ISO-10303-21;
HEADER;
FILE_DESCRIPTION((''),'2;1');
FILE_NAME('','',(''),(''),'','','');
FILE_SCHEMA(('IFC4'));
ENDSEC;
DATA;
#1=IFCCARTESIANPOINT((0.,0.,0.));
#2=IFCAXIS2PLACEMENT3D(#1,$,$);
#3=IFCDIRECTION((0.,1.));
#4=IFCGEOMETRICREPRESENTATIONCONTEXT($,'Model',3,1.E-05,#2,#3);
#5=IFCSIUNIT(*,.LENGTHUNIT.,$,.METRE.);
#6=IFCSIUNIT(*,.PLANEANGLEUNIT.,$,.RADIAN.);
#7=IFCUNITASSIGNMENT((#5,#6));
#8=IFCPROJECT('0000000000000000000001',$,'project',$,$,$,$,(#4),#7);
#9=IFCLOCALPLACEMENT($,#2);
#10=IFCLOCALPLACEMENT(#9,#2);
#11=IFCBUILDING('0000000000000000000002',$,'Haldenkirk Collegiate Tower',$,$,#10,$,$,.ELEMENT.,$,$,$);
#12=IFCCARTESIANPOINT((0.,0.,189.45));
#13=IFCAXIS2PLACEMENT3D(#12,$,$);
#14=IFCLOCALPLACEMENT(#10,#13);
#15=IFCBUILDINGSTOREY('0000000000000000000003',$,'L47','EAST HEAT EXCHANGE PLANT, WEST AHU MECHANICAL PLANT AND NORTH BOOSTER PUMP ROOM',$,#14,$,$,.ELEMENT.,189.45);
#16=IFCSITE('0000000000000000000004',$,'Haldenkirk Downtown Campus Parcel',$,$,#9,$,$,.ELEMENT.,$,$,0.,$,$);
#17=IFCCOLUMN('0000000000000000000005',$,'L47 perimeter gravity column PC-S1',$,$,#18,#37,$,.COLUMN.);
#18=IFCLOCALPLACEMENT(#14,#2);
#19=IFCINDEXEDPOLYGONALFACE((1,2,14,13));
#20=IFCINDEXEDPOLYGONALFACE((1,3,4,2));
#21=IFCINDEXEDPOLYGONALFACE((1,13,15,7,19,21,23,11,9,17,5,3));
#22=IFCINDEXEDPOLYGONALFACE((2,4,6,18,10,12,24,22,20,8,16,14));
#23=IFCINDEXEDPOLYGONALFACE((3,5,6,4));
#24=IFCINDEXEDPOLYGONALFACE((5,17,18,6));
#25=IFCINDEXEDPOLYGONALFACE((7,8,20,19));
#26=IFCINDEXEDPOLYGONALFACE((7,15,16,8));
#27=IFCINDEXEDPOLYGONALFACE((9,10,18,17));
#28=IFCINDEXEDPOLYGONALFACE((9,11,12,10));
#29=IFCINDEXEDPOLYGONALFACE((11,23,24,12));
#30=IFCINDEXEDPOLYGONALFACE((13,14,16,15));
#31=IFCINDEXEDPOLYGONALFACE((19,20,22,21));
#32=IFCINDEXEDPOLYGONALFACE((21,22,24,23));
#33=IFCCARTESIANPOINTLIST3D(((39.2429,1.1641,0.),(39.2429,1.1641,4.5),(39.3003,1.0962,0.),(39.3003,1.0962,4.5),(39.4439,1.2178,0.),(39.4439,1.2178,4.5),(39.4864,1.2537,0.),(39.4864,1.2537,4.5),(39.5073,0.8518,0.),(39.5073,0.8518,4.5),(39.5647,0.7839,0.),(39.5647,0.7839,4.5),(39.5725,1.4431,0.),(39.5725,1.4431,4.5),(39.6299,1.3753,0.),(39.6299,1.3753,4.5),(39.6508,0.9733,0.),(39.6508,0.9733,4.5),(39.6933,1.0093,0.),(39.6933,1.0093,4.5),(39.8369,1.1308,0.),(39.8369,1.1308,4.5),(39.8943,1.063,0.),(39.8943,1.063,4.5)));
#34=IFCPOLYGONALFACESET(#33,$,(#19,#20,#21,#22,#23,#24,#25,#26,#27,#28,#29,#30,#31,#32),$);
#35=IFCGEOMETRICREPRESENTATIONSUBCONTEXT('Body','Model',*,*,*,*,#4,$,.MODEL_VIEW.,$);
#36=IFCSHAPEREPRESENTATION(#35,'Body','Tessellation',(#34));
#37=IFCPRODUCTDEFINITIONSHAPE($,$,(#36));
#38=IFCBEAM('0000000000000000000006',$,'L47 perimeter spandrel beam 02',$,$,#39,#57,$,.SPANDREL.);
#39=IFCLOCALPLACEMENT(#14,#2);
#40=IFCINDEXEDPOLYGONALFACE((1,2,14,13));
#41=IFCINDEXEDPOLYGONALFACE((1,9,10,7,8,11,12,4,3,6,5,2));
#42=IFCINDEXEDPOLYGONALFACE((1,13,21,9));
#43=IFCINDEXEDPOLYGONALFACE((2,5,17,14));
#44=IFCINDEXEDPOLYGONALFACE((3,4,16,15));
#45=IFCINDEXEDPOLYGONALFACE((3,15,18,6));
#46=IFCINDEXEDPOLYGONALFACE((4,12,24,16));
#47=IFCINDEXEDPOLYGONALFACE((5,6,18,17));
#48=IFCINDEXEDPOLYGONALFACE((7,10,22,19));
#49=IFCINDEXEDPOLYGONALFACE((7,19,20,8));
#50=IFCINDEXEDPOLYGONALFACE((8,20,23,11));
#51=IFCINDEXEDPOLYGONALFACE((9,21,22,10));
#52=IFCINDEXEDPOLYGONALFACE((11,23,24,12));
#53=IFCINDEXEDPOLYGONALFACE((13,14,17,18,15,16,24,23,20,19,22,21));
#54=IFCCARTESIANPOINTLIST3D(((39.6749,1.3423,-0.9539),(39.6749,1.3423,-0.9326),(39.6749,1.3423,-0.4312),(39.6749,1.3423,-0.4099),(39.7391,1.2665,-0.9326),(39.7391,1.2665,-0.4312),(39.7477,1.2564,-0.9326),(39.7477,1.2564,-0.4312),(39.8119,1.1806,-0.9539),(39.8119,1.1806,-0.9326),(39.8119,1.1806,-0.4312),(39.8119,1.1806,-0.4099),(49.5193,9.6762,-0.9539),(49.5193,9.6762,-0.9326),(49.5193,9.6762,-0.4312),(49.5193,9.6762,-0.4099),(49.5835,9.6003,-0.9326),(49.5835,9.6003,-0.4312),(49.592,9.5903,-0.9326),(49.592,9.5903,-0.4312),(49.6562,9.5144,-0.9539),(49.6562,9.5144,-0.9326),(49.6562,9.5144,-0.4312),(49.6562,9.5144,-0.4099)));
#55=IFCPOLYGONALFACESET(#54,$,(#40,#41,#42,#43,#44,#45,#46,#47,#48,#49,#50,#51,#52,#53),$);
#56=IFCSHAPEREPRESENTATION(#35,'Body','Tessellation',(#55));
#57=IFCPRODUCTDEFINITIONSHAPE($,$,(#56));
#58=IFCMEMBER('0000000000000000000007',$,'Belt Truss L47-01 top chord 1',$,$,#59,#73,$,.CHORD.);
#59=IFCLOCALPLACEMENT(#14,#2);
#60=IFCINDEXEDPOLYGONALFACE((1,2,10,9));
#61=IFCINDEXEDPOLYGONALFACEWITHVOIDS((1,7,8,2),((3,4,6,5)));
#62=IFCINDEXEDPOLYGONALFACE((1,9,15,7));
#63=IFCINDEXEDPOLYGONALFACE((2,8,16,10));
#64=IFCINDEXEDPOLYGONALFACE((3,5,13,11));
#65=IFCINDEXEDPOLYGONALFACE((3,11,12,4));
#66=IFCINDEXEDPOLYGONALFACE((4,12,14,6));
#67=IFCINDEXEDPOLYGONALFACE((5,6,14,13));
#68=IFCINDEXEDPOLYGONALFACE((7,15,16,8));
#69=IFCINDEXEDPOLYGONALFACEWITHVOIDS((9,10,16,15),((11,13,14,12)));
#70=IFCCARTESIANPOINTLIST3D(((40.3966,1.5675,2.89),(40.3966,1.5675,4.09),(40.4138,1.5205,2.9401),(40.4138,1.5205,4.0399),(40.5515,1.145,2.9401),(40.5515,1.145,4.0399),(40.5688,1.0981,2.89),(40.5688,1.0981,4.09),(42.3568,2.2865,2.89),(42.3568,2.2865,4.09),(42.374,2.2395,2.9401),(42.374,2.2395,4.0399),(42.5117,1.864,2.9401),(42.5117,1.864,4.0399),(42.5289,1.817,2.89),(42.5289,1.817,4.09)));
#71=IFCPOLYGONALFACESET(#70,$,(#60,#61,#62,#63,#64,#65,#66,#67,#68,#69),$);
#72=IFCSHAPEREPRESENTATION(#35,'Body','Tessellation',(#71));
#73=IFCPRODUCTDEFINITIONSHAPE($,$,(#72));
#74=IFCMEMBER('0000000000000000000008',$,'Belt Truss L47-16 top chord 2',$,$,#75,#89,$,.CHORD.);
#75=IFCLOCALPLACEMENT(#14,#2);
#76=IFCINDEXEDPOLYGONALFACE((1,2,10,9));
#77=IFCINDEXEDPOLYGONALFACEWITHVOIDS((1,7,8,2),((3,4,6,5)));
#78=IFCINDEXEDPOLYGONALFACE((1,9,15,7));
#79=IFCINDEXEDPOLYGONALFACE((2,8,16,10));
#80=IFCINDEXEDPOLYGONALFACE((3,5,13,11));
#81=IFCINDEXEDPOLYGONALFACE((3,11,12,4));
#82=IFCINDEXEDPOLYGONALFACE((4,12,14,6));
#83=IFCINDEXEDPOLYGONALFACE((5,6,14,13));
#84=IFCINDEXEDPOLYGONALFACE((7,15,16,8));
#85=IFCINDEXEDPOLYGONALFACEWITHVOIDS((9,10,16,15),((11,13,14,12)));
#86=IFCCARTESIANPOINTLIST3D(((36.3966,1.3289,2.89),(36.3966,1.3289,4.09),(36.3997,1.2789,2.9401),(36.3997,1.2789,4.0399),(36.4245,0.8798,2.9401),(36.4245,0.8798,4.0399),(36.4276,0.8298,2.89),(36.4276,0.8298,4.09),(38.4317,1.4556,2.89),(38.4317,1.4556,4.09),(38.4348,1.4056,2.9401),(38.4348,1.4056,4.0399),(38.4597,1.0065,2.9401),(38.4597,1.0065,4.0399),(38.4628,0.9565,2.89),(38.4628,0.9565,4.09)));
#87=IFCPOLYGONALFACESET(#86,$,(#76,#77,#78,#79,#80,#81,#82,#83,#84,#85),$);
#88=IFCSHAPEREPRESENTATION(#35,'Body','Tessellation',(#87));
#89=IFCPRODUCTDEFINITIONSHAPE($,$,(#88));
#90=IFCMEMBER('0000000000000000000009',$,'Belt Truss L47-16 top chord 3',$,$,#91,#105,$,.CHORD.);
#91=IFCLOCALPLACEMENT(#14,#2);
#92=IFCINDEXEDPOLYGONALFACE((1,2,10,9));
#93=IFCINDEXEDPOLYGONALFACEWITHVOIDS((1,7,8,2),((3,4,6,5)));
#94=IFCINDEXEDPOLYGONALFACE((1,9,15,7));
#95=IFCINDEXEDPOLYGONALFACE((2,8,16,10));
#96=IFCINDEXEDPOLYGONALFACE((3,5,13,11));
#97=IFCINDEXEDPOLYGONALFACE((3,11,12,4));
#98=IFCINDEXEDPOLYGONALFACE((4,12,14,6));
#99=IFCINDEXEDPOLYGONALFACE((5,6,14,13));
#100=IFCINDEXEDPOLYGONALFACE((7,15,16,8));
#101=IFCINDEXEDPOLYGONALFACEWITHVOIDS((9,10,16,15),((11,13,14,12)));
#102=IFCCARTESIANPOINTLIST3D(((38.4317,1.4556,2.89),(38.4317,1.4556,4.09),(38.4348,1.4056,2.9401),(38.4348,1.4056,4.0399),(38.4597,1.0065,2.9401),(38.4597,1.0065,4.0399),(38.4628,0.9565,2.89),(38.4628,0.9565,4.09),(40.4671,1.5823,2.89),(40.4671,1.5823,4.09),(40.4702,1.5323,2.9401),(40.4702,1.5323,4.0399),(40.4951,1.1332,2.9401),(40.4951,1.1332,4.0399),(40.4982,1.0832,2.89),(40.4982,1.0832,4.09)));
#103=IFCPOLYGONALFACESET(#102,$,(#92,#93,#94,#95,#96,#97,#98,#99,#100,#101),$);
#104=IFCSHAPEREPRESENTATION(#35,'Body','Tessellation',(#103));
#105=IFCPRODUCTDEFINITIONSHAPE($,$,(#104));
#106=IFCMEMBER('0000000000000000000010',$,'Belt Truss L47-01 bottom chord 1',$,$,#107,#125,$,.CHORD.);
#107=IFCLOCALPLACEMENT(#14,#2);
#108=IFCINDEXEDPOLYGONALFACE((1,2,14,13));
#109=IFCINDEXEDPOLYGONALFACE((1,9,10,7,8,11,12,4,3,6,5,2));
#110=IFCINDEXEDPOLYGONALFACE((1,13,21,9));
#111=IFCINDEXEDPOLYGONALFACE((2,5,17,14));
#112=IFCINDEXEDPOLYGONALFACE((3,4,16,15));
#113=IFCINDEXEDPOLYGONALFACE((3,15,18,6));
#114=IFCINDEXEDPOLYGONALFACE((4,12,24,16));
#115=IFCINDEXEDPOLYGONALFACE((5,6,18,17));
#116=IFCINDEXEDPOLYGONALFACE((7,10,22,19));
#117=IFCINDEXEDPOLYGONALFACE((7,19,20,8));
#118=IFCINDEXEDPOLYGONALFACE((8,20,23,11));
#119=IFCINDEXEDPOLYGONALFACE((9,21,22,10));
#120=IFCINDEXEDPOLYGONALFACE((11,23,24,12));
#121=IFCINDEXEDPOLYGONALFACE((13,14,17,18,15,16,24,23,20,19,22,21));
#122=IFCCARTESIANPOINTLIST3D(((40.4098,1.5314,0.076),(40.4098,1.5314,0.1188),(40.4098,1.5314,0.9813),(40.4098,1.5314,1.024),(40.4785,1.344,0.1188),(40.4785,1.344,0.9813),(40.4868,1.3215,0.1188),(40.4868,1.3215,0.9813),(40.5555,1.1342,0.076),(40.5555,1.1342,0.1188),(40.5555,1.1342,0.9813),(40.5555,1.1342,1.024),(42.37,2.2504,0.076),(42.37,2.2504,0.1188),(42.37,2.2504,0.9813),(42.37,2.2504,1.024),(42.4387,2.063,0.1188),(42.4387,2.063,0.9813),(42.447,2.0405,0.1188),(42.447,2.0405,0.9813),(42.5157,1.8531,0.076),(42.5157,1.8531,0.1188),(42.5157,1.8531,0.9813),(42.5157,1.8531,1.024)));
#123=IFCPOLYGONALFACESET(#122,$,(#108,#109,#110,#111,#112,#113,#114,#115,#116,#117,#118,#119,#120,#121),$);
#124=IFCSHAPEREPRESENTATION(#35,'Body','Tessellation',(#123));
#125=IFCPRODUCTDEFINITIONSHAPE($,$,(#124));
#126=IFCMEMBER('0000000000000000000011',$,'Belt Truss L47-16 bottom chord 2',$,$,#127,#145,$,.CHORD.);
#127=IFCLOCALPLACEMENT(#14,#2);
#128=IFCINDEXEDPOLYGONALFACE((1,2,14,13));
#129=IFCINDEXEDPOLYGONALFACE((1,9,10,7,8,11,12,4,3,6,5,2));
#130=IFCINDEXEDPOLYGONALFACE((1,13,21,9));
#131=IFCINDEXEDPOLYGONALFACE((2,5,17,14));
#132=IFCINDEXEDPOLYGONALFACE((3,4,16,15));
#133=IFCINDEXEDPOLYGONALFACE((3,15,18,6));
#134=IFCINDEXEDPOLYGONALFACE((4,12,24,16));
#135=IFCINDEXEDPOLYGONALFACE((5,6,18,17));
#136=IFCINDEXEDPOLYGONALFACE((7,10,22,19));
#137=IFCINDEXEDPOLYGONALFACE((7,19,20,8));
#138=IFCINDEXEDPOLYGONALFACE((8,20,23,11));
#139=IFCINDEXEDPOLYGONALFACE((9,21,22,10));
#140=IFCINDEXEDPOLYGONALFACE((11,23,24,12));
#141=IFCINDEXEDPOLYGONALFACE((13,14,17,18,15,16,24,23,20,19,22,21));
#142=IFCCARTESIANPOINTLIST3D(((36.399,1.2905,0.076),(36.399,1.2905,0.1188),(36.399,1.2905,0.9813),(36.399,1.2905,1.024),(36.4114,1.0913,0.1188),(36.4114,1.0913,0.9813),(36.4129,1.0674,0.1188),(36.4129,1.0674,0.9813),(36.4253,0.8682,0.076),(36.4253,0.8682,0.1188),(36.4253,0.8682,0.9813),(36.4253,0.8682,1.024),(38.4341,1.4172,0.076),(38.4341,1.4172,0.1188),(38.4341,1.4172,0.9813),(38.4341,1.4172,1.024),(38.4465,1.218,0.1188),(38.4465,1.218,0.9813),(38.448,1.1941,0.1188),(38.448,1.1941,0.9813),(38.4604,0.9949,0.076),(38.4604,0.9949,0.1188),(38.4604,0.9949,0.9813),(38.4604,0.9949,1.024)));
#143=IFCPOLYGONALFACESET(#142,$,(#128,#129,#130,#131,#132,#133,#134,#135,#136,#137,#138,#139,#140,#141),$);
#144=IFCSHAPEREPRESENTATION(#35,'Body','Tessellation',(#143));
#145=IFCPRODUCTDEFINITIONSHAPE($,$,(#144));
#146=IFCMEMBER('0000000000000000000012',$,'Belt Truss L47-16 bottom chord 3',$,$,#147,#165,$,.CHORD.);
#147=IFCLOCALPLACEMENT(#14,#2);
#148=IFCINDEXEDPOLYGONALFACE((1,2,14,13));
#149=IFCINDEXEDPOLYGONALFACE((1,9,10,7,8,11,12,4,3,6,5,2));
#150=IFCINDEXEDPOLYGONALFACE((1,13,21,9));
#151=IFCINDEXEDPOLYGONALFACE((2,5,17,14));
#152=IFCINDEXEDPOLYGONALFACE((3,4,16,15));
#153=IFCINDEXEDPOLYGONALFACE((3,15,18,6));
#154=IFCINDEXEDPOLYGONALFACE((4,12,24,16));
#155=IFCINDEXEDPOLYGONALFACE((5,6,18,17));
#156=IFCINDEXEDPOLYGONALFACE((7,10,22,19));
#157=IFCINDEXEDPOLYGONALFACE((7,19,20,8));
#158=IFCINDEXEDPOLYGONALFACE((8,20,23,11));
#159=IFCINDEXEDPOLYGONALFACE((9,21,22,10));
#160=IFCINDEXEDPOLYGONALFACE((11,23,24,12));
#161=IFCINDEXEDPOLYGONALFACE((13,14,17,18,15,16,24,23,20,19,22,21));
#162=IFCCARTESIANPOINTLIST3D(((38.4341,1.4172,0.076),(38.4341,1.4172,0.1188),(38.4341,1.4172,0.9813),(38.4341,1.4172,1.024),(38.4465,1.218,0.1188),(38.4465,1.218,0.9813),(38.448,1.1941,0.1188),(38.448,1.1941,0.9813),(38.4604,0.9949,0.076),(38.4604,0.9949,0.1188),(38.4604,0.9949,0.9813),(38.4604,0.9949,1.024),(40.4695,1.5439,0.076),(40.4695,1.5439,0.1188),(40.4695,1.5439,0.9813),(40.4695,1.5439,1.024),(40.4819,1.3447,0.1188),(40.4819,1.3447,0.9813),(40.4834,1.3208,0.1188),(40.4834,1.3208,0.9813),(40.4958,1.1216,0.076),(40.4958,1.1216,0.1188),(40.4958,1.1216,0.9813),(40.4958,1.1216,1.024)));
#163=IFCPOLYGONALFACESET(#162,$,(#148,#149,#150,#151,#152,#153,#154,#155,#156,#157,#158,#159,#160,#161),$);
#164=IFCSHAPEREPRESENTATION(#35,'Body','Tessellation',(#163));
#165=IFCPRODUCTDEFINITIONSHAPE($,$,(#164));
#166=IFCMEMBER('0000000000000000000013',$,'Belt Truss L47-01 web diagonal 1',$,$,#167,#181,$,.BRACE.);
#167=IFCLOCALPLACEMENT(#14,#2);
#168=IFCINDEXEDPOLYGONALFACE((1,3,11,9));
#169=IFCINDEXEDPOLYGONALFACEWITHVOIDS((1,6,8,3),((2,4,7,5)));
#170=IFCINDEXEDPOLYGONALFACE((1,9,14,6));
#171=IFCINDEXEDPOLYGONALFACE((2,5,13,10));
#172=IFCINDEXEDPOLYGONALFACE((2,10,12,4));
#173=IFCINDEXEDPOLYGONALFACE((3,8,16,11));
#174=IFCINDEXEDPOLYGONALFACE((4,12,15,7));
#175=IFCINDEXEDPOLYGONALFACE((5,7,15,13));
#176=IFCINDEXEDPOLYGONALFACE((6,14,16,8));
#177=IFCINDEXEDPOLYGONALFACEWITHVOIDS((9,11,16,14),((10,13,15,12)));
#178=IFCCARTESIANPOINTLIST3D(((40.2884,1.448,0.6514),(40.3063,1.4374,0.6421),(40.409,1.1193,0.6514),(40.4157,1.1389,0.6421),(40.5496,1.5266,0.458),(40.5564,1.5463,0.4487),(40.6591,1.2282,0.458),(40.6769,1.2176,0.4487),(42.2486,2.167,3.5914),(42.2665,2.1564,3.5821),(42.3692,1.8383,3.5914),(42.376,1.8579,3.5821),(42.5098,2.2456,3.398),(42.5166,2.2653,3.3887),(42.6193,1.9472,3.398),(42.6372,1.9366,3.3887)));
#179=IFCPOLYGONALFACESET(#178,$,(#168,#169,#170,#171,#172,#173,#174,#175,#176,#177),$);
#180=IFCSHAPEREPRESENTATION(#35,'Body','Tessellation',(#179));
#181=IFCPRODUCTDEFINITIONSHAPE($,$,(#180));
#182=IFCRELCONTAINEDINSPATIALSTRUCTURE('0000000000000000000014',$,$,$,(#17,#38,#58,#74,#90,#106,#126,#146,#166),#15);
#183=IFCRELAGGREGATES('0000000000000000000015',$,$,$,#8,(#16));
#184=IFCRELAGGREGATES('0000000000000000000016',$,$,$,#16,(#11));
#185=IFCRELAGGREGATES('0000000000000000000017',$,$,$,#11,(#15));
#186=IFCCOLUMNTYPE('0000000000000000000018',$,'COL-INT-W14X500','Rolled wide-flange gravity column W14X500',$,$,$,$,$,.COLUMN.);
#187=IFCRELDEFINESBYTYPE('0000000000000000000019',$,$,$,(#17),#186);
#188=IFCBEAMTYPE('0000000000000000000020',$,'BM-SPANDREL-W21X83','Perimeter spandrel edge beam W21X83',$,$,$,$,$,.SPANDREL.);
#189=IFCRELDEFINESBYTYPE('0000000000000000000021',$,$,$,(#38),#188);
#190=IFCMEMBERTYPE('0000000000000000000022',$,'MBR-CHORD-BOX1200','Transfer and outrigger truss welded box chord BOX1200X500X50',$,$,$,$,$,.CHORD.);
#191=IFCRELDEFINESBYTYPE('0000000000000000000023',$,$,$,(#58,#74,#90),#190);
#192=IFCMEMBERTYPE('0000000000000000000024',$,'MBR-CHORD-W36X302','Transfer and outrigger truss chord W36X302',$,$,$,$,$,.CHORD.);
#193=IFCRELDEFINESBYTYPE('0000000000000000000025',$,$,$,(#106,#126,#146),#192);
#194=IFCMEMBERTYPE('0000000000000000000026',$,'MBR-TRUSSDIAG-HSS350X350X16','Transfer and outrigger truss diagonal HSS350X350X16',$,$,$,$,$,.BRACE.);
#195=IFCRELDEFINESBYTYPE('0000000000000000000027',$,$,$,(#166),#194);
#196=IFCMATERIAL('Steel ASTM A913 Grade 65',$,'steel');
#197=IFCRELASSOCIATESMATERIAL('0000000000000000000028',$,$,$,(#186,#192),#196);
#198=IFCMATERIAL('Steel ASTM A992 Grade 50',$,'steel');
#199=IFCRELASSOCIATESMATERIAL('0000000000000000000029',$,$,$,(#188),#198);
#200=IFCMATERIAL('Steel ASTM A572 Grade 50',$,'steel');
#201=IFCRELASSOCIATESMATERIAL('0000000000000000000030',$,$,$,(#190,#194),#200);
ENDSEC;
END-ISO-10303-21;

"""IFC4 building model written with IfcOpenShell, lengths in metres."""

from ifc_helpers import new_model, si_unit, direction, frame, origin, origin_2d, place, context, subcontext, project, spatial, hollow_rectangle, i_section, extrude, material, material_profile, profile_set, type_object, element, save


model = new_model("IFC4")

# Units and contexts
model_context = context("Model", 3, precision=1e-05, world=origin(), true_north=direction((0.0, 1.0)))
body_context = subcontext(model_context, "Body", "Model", "MODEL_VIEW")
ifc_project = project(units=[si_unit("LENGTHUNIT", "METRE"), si_unit("PLANEANGLEUNIT", "RADIAN")], contexts=[model_context])

# Site, building, storey
site_placement = place(None, origin())
site = spatial("IfcSite", under=ifc_project, at=site_placement, Name="Haldenkirk Downtown Campus Parcel", CompositionType="ELEMENT", RefElevation=0.0)
building_placement = place(site_placement, origin())
building = spatial("IfcBuilding", under=site, at=building_placement, Name="Haldenkirk Collegiate Tower", CompositionType="ELEMENT")
storey_placement = place(building_placement, frame((0.0, 0.0, 189.45)))
storey = spatial("IfcBuildingStorey", under=building, at=storey_placement, Name="L47", Description="EAST HEAT EXCHANGE PLANT, WEST AHU MECHANICAL PLANT AND NORTH BOOSTER PUMP ROOM", CompositionType="ELEMENT", Elevation=189.45)

# Column
ifc_material_1 = material(Name="Steel ASTM A913 Grade 65", Category="steel")
ifc_material_profile_1 = material_profile(ifc_material_1, i_section(OverallWidth=0.4319, OverallDepth=0.498, WebThickness=0.0557, FlangeThickness=0.0889, at=origin_2d()), Name="W14X500")
ifc_profile_set_1 = profile_set([ifc_material_profile_1], Name="Steel ASTM A913 Grade 65")
column_type = type_object("IfcColumnType", Name="COL-INT-W14X500", Description="Rolled wide-flange gravity column W14X500", PredefinedType="COLUMN", material=ifc_profile_set_1)
column_placement = place(storey_placement, frame((39.5686, 1.1135, 0.0), z_axis=(0.0, 0.0, 1.0), x_axis=(0.763232, 0.646124, 0.0)))
element("IfcColumn", 1, at=column_placement, inside=storey, type_object=column_type, Name="L47 perimeter gravity column PC-S1", PredefinedType="COLUMN", context=body_context, shape_type="SweptSolid", body=[
    extrude(i_section(OverallWidth=0.4319, OverallDepth=0.498, WebThickness=0.0557, FlangeThickness=0.0889, at=origin_2d()), origin(), (0.0, 0.0, 1.0), 4.5),
])

# Beam
ifc_material_2 = material(Name="Steel ASTM A992 Grade 50", Category="steel")
ifc_material_profile_2 = material_profile(ifc_material_2, i_section(OverallWidth=0.2119, OverallDepth=0.5439, WebThickness=0.0132, FlangeThickness=0.0212, at=origin_2d()), Name="W21X83")
ifc_profile_set_2 = profile_set([ifc_material_profile_2], Name="Steel ASTM A992 Grade 50")
beam_type = type_object("IfcBeamType", Name="BM-SPANDREL-W21X83", Description="Perimeter spandrel edge beam W21X83", PredefinedType="SPANDREL", material=ifc_profile_set_2)
beam_placement = place(storey_placement, frame((39.7434, 1.2615, -0.6819), z_axis=(0.763233, 0.646123, 0.0), x_axis=(-0.646123, 0.763233, 0.0)))
element("IfcBeam", 2, at=beam_placement, inside=storey, type_object=beam_type, Name="L47 perimeter spandrel beam 02", PredefinedType="SPANDREL", context=body_context, shape_type="SweptSolid", body=[
    extrude(i_section(OverallWidth=0.2119, OverallDepth=0.5439, WebThickness=0.0132, FlangeThickness=0.0212, at=origin_2d()), origin(), (0.0, 0.0, 1.0), 12.8982),
])

# Members
ifc_material_3 = material(Name="Steel ASTM A572 Grade 50", Category="steel")
ifc_material_profile_3 = material_profile(ifc_material_3, hollow_rectangle(XDim=0.5, YDim=1.2, WallThickness=0.05, at=origin_2d()), Name="BOX1200X500X50")
ifc_profile_set_3 = profile_set([ifc_material_profile_3], Name="Steel ASTM A572 Grade 50")
member_type_1 = type_object("IfcMemberType", Name="MBR-CHORD-BOX1200", Description="Transfer and outrigger truss welded box chord BOX1200X500X50", PredefinedType="CHORD", material=ifc_profile_set_3)
member_1_placement = place(storey_placement, frame((40.4827, 1.3328, 3.49), z_axis=(0.938837, 0.344361, 0.0), x_axis=(-0.344361, 0.938837, 0.0)))
element("IfcMember", 3, at=member_1_placement, inside=storey, type_object=member_type_1, Name="Belt Truss L47-01 top chord 1", PredefinedType="CHORD", context=body_context, shape_type="SweptSolid", body=[
    extrude(hollow_rectangle(XDim=0.5, YDim=1.2, WallThickness=0.05, at=origin_2d()), origin(), (0.0, 0.0, 1.0), 2.0879),
])
member_2_placement = place(storey_placement, frame((36.4121, 1.0793, 3.49), z_axis=(0.998067, 0.06214, 0.0), x_axis=(-0.06214, 0.998067, 0.0)))
element("IfcMember", 4, at=member_2_placement, inside=storey, type_object=member_type_1, Name="Belt Truss L47-16 top chord 2", PredefinedType="CHORD", context=body_context, shape_type="SweptSolid", body=[
    extrude(hollow_rectangle(XDim=0.5, YDim=1.2, WallThickness=0.05, at=origin_2d()), origin(), (0.0, 0.0, 1.0), 2.0391),
])
member_3_placement = place(storey_placement, frame((38.4473, 1.2061, 3.49), z_axis=(0.998068, 0.062132, 0.0), x_axis=(-0.062132, 0.998068, 0.0)))
element("IfcMember", 5, at=member_3_placement, inside=storey, type_object=member_type_1, Name="Belt Truss L47-16 top chord 3", PredefinedType="CHORD", context=body_context, shape_type="SweptSolid", body=[
    extrude(hollow_rectangle(XDim=0.5, YDim=1.2, WallThickness=0.05, at=origin_2d()), origin(), (0.0, 0.0, 1.0), 2.0393),
])
ifc_material_profile_4 = material_profile(ifc_material_1, i_section(OverallWidth=0.4231, OverallDepth=0.948, WebThickness=0.0239, FlangeThickness=0.0427, at=origin_2d()), Name="W36X302")
ifc_profile_set_4 = profile_set([ifc_material_profile_4], Name="Steel ASTM A913 Grade 65")
member_type_2 = type_object("IfcMemberType", Name="MBR-CHORD-W36X302", Description="Transfer and outrigger truss chord W36X302", PredefinedType="CHORD", material=ifc_profile_set_4)
member_4_placement = place(storey_placement, frame((40.4827, 1.3328, 0.55), z_axis=(0.938837, 0.344361, 0.0), x_axis=(-0.344361, 0.938837, 0.0)))
element("IfcMember", 6, at=member_4_placement, inside=storey, type_object=member_type_2, Name="Belt Truss L47-01 bottom chord 1", PredefinedType="CHORD", context=body_context, shape_type="SweptSolid", body=[
    extrude(i_section(OverallWidth=0.4231, OverallDepth=0.948, WebThickness=0.0239, FlangeThickness=0.0427, at=origin_2d()), origin(), (0.0, 0.0, 1.0), 2.0879),
])
member_5_placement = place(storey_placement, frame((36.4121, 1.0793, 0.55), z_axis=(0.998067, 0.06214, 0.0), x_axis=(-0.06214, 0.998067, 0.0)))
element("IfcMember", 7, at=member_5_placement, inside=storey, type_object=member_type_2, Name="Belt Truss L47-16 bottom chord 2", PredefinedType="CHORD", context=body_context, shape_type="SweptSolid", body=[
    extrude(i_section(OverallWidth=0.4231, OverallDepth=0.948, WebThickness=0.0239, FlangeThickness=0.0427, at=origin_2d()), origin(), (0.0, 0.0, 1.0), 2.0391),
])
member_6_placement = place(storey_placement, frame((38.4473, 1.2061, 0.55), z_axis=(0.998068, 0.062132, 0.0), x_axis=(-0.062132, 0.998068, 0.0)))
element("IfcMember", 8, at=member_6_placement, inside=storey, type_object=member_type_2, Name="Belt Truss L47-16 bottom chord 3", PredefinedType="CHORD", context=body_context, shape_type="SweptSolid", body=[
    extrude(i_section(OverallWidth=0.4231, OverallDepth=0.948, WebThickness=0.0239, FlangeThickness=0.0427, at=origin_2d()), origin(), (0.0, 0.0, 1.0), 2.0393),
])
ifc_material_profile_5 = material_profile(ifc_material_3, hollow_rectangle(XDim=0.3501, YDim=0.3501, WallThickness=0.0161, at=origin_2d()), Name="HSS350X350X16")
ifc_profile_set_5 = profile_set([ifc_material_profile_5], Name="Steel ASTM A572 Grade 50")
member_type_3 = type_object("IfcMemberType", Name="MBR-TRUSSDIAG-HSS350X350X16", Description="Transfer and outrigger truss diagonal HSS350X350X16", PredefinedType="BRACE", material=ifc_profile_set_5)
member_7_placement = place(storey_placement, frame((40.4827, 1.3328, 0.55), z_axis=(0.543608, 0.199393, 0.815311), x_axis=(-0.344361, 0.938837, 0.0)))
element("IfcMember", 9, at=member_7_placement, inside=storey, type_object=member_type_3, Name="Belt Truss L47-01 web diagonal 1", PredefinedType="BRACE", context=body_context, shape_type="SweptSolid", body=[
    extrude(hollow_rectangle(XDim=0.3501, YDim=0.3501, WallThickness=0.0161, at=origin_2d()), origin(), (0.0, 0.0, 1.0), 3.606),
])

save(model, "model.ifc")
